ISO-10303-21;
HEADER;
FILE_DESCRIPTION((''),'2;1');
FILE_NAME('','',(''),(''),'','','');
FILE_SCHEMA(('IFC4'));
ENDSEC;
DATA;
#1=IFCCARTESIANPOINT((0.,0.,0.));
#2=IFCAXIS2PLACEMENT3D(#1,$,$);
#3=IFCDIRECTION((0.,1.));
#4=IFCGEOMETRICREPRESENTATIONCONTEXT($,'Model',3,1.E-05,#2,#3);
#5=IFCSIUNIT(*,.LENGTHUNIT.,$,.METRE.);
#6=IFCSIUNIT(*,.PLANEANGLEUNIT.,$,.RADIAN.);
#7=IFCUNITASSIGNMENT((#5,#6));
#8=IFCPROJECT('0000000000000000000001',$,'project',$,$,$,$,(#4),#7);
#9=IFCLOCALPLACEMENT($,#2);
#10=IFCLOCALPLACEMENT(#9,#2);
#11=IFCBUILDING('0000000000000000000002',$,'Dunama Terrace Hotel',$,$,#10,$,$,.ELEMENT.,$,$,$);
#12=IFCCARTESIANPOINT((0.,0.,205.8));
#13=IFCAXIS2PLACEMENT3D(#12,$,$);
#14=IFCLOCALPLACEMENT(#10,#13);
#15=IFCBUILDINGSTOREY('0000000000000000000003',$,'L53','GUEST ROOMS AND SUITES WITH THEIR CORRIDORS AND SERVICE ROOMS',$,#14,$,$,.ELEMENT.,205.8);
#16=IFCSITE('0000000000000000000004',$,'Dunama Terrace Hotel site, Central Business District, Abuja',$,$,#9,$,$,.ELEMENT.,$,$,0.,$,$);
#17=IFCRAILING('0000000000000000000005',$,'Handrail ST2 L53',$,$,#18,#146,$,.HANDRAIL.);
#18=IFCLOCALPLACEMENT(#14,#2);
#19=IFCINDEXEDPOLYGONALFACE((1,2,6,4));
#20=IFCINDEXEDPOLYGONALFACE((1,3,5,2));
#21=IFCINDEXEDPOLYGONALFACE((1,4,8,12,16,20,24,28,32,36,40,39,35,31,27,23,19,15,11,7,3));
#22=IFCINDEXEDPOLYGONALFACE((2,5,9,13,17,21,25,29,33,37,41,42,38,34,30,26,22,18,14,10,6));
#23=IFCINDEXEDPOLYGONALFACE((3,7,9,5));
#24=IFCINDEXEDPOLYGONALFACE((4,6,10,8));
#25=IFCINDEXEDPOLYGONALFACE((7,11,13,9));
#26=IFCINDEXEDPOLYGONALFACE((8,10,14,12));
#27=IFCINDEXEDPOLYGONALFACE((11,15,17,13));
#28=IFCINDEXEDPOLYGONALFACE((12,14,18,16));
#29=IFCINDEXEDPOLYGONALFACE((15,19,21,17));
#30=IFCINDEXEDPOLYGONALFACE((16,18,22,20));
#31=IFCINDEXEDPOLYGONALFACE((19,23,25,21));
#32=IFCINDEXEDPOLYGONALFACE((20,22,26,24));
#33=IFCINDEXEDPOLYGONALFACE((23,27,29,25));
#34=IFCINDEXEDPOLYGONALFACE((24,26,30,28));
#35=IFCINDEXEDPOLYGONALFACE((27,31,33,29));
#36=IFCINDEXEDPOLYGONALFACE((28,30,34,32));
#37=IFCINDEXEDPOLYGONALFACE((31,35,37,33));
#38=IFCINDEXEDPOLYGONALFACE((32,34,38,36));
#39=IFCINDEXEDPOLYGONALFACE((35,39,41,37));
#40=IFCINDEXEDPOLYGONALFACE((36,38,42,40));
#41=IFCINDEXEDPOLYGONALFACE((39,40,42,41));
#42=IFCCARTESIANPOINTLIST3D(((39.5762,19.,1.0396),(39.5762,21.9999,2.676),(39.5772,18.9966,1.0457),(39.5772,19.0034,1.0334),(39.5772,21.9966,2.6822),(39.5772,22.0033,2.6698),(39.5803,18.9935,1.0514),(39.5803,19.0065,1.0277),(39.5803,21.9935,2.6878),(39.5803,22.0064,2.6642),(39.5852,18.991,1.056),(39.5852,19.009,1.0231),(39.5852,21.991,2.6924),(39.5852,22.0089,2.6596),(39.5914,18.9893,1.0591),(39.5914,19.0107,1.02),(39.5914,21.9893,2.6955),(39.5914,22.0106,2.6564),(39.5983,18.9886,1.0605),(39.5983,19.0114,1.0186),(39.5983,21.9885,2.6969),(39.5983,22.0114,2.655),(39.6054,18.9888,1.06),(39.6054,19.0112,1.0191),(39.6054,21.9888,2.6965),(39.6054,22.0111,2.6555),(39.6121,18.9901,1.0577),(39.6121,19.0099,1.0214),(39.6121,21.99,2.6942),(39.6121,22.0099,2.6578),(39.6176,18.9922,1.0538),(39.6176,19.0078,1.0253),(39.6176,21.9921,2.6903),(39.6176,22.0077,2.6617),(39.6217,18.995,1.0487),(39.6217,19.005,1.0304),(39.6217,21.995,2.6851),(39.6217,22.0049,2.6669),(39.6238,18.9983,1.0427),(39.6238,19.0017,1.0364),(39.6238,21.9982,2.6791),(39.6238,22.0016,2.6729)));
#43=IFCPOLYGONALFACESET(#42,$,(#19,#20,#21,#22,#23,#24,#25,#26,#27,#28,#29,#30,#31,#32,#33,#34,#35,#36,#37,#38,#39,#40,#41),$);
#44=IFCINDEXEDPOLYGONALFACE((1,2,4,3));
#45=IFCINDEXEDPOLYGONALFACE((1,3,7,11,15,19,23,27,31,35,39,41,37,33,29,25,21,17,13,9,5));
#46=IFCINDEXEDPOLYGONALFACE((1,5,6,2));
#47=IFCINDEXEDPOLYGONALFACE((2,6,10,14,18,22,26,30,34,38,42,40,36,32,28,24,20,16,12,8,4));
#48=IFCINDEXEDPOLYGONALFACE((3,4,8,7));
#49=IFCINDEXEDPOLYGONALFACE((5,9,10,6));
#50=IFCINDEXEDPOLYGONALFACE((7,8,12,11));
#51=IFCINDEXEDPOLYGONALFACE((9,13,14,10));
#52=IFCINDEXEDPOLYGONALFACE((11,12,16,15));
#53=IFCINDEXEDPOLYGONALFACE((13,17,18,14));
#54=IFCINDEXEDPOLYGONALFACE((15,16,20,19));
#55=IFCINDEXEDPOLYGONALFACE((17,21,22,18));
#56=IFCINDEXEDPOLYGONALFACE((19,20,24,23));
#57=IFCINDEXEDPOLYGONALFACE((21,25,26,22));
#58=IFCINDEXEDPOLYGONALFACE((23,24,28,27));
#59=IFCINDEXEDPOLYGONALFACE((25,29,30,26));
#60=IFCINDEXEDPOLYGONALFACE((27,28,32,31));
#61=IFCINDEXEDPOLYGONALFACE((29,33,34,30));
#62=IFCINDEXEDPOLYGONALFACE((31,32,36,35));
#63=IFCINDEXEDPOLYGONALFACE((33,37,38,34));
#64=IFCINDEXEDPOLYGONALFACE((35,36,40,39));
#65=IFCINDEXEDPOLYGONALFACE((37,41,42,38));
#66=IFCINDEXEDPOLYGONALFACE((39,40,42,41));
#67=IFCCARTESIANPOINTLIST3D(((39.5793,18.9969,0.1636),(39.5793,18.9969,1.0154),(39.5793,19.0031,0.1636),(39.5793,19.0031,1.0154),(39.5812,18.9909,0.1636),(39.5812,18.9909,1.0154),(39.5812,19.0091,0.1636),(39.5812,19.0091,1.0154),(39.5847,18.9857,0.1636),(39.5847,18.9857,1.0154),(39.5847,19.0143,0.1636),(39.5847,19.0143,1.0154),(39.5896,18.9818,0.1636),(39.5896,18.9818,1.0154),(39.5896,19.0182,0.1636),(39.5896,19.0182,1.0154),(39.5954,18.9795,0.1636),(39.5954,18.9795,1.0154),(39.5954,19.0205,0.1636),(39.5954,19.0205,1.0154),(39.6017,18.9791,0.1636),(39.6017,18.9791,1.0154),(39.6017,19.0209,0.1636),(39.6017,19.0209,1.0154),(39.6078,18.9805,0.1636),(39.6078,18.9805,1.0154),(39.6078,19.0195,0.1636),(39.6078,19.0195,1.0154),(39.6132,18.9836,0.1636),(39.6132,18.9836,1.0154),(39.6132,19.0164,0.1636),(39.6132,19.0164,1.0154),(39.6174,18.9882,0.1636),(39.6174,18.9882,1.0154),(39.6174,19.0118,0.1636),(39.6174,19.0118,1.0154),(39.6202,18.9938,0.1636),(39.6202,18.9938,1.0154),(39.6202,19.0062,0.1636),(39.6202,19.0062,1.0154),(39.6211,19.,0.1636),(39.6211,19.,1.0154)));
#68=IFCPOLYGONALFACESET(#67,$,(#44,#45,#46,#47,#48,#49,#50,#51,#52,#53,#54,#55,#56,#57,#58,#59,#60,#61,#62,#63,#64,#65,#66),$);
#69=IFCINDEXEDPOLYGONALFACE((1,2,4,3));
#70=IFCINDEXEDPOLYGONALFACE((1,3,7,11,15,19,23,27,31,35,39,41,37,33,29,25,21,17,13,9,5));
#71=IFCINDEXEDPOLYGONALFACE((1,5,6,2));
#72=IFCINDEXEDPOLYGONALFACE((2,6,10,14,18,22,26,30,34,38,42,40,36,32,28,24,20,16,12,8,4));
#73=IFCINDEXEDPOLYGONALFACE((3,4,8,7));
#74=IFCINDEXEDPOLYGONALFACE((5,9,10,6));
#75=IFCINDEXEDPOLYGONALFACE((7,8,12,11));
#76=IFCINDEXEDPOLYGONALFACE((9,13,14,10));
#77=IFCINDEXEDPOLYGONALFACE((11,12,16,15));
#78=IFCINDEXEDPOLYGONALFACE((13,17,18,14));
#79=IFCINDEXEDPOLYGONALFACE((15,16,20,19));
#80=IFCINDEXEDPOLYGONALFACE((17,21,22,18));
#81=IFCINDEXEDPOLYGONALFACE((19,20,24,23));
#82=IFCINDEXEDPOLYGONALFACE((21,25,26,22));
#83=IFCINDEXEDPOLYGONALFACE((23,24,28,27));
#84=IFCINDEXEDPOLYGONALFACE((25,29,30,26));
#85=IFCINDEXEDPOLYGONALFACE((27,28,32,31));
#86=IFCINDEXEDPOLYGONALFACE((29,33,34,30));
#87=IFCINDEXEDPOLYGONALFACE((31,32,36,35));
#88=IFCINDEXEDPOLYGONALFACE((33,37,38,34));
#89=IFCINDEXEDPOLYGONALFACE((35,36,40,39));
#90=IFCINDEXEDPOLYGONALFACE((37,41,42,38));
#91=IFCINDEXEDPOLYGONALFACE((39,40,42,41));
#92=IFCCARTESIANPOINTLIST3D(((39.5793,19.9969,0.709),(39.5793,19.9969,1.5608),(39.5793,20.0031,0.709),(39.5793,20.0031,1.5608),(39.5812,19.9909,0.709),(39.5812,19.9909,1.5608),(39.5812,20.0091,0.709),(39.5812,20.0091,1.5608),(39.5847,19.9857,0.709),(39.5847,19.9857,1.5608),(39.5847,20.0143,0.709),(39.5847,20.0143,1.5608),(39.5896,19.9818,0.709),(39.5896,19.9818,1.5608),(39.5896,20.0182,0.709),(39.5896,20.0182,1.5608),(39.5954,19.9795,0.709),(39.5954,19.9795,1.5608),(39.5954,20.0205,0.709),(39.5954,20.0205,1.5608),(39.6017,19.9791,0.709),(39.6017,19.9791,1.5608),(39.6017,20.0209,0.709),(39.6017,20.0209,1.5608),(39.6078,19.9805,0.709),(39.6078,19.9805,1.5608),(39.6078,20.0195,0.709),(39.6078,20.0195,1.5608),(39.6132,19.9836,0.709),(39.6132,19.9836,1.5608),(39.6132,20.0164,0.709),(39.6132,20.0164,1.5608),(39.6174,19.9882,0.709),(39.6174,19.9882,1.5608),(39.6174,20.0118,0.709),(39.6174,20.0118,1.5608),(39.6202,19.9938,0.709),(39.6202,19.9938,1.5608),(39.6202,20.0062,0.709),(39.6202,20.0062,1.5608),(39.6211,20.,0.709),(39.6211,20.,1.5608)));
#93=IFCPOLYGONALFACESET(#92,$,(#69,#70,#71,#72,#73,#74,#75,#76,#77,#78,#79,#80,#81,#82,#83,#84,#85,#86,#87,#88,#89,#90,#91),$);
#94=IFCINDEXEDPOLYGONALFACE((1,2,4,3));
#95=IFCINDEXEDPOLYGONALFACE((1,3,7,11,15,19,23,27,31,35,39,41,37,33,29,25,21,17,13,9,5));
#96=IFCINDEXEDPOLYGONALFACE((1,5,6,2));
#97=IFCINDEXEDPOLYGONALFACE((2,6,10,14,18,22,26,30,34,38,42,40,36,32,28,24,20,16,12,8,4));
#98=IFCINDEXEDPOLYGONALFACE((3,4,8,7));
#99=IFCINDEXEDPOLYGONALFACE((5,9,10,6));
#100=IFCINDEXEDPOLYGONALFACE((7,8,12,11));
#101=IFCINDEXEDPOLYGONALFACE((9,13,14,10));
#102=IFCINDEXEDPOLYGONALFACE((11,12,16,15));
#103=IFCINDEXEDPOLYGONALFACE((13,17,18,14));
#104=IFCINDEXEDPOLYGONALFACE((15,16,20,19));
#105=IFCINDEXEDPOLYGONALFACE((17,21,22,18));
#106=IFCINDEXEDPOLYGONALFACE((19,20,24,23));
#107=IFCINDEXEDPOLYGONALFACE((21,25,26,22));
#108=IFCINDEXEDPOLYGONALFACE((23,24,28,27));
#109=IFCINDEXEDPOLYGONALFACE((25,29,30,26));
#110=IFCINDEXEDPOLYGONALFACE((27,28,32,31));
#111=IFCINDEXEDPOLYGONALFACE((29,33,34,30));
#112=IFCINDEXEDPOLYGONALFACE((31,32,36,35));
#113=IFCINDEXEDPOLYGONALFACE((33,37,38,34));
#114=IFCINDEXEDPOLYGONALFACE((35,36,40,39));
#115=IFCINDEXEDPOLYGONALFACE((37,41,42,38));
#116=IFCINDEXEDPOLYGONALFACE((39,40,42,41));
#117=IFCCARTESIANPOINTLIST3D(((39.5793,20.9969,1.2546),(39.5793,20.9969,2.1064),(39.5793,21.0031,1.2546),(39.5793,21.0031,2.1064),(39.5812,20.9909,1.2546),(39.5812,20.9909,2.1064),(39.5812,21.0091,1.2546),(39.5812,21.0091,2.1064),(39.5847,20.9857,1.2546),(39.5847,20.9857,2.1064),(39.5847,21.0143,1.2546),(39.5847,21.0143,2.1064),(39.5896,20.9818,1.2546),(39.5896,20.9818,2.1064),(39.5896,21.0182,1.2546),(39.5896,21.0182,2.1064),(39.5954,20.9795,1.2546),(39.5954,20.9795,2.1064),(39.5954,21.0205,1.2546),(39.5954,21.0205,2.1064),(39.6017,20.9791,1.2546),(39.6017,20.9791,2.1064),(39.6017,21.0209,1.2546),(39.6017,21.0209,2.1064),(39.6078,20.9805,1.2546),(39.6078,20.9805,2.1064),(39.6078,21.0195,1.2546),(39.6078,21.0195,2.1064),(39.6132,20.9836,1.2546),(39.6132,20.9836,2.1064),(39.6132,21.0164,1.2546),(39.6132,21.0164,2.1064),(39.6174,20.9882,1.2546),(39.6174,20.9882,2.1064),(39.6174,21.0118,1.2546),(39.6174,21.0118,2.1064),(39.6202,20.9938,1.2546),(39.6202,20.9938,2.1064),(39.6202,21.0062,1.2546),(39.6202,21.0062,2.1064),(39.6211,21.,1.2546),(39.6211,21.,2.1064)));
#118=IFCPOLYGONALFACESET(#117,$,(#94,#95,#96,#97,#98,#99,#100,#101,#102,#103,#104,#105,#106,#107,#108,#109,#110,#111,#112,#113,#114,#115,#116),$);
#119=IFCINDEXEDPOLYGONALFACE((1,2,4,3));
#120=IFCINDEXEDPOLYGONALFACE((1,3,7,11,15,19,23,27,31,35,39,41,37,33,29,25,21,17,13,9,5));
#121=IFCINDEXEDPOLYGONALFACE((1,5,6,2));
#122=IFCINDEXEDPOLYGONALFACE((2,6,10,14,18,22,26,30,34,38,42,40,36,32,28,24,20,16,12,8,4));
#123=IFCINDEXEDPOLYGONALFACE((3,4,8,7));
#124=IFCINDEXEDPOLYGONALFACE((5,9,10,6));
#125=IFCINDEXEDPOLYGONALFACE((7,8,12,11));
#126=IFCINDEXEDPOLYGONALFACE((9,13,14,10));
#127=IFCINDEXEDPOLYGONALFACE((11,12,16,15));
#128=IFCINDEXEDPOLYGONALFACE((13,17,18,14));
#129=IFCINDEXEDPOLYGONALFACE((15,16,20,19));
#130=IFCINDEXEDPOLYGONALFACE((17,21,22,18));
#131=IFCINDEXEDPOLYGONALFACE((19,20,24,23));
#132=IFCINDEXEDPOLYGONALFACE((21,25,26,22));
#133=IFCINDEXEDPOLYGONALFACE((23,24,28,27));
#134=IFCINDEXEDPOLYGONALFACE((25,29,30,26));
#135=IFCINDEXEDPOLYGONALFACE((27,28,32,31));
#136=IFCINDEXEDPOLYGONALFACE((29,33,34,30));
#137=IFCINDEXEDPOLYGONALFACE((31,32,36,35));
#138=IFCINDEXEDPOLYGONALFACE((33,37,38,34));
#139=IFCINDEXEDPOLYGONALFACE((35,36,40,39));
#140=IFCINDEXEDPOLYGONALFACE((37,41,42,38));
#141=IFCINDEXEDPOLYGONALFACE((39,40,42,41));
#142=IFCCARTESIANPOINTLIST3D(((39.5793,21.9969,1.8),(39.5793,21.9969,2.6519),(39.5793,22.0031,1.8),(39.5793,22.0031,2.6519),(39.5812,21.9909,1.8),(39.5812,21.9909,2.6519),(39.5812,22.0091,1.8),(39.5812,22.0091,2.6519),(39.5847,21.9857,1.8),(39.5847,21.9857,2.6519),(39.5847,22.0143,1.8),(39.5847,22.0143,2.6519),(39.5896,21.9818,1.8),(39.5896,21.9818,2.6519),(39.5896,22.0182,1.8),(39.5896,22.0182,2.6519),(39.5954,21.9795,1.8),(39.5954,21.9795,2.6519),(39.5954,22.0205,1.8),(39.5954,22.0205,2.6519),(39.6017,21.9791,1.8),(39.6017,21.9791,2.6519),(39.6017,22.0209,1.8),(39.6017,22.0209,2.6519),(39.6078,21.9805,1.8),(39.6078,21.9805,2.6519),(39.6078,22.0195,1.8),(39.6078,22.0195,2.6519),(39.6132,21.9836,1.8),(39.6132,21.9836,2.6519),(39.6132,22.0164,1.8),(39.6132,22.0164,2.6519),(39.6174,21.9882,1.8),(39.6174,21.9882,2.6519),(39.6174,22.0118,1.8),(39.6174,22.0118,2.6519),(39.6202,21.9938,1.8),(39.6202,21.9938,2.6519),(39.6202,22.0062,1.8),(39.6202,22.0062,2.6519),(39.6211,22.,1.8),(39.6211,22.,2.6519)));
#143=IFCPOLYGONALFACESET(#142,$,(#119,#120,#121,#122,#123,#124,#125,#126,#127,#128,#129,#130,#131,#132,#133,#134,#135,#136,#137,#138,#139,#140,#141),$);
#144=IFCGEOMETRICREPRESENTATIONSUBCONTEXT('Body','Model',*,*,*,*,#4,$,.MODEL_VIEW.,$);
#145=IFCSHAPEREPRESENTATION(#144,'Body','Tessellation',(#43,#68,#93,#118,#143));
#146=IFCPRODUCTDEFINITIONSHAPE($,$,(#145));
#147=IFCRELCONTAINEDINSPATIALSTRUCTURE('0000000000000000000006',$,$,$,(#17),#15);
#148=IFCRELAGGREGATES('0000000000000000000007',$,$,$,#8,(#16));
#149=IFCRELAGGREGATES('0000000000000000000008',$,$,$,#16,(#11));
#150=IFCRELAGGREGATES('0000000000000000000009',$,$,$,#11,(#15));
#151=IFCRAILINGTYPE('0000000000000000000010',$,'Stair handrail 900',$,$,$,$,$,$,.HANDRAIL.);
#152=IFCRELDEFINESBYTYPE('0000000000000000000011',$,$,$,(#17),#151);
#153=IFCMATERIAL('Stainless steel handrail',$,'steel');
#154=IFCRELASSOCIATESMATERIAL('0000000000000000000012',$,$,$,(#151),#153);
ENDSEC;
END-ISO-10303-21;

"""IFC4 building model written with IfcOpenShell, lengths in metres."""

from ifc_helpers import new_model, si_unit, direction, frame, origin, origin_2d, place, context, subcontext, project, spatial, circle, extrude, material, type_object, element, save


model = new_model("IFC4")

# Units and contexts
model_context = context("Model", 3, precision=1e-05, world=origin(), true_north=direction((0.0, 1.0)))
body_context = subcontext(model_context, "Body", "Model", "MODEL_VIEW")
ifc_project = project(units=[si_unit("LENGTHUNIT", "METRE"), si_unit("PLANEANGLEUNIT", "RADIAN")], contexts=[model_context])

# Site, building, storey
site_placement = place(None, origin())
site = spatial("IfcSite", under=ifc_project, at=site_placement, Name="Dunama Terrace Hotel site, Central Business District, Abuja", CompositionType="ELEMENT", RefElevation=0.0)
building_placement = place(site_placement, origin())
building = spatial("IfcBuilding", under=site, at=building_placement, Name="Dunama Terrace Hotel", CompositionType="ELEMENT")
storey_placement = place(building_placement, frame((0.0, 0.0, 205.8)))
storey = spatial("IfcBuildingStorey", under=building, at=storey_placement, Name="L53", Description="GUEST ROOMS AND SUITES WITH THEIR CORRIDORS AND SERVICE ROOMS", CompositionType="ELEMENT", Elevation=205.8)

# Railing
ifc_material_1 = material(Name="Stainless steel handrail", Category="steel")
railing_type_1 = type_object("IfcRailingType", Name="Stair handrail 900", PredefinedType="HANDRAIL", material=ifc_material_1)
railing_1_placement = place(storey_placement, frame((39.6001, 19.0, 0.1636)))
element("IfcRailing", 1, at=railing_1_placement, inside=storey, type_object=railing_type_1, Name="Handrail ST2 L53", PredefinedType="HANDRAIL", context=body_context, shape_type="SweptSolid", body=[
    extrude(circle(Radius=0.0239, at=origin_2d()), frame((0.0, 0.0, 0.876), z_axis=(0.0, 0.877882, 0.478877), x_axis=(-1.0, 0.0, 0.0)), (0.0, 0.0, 1.0), 3.4172),
    extrude(circle(Radius=0.021, at=origin_2d()), origin(), (0.0, 0.0, 1.0), 0.8518),
    extrude(circle(Radius=0.021, at=origin_2d()), frame((0.0, 1.0, 0.5454)), (0.0, 0.0, 1.0), 0.8518),
    extrude(circle(Radius=0.021, at=origin_2d()), frame((0.0, 2.0, 1.0911)), (0.0, 0.0, 1.0), 0.8518),
    extrude(circle(Radius=0.021, at=origin_2d()), frame((0.0, 3.0, 1.6365)), (0.0, 0.0, 1.0), 0.8518),
])

save(model, "model.ifc")
